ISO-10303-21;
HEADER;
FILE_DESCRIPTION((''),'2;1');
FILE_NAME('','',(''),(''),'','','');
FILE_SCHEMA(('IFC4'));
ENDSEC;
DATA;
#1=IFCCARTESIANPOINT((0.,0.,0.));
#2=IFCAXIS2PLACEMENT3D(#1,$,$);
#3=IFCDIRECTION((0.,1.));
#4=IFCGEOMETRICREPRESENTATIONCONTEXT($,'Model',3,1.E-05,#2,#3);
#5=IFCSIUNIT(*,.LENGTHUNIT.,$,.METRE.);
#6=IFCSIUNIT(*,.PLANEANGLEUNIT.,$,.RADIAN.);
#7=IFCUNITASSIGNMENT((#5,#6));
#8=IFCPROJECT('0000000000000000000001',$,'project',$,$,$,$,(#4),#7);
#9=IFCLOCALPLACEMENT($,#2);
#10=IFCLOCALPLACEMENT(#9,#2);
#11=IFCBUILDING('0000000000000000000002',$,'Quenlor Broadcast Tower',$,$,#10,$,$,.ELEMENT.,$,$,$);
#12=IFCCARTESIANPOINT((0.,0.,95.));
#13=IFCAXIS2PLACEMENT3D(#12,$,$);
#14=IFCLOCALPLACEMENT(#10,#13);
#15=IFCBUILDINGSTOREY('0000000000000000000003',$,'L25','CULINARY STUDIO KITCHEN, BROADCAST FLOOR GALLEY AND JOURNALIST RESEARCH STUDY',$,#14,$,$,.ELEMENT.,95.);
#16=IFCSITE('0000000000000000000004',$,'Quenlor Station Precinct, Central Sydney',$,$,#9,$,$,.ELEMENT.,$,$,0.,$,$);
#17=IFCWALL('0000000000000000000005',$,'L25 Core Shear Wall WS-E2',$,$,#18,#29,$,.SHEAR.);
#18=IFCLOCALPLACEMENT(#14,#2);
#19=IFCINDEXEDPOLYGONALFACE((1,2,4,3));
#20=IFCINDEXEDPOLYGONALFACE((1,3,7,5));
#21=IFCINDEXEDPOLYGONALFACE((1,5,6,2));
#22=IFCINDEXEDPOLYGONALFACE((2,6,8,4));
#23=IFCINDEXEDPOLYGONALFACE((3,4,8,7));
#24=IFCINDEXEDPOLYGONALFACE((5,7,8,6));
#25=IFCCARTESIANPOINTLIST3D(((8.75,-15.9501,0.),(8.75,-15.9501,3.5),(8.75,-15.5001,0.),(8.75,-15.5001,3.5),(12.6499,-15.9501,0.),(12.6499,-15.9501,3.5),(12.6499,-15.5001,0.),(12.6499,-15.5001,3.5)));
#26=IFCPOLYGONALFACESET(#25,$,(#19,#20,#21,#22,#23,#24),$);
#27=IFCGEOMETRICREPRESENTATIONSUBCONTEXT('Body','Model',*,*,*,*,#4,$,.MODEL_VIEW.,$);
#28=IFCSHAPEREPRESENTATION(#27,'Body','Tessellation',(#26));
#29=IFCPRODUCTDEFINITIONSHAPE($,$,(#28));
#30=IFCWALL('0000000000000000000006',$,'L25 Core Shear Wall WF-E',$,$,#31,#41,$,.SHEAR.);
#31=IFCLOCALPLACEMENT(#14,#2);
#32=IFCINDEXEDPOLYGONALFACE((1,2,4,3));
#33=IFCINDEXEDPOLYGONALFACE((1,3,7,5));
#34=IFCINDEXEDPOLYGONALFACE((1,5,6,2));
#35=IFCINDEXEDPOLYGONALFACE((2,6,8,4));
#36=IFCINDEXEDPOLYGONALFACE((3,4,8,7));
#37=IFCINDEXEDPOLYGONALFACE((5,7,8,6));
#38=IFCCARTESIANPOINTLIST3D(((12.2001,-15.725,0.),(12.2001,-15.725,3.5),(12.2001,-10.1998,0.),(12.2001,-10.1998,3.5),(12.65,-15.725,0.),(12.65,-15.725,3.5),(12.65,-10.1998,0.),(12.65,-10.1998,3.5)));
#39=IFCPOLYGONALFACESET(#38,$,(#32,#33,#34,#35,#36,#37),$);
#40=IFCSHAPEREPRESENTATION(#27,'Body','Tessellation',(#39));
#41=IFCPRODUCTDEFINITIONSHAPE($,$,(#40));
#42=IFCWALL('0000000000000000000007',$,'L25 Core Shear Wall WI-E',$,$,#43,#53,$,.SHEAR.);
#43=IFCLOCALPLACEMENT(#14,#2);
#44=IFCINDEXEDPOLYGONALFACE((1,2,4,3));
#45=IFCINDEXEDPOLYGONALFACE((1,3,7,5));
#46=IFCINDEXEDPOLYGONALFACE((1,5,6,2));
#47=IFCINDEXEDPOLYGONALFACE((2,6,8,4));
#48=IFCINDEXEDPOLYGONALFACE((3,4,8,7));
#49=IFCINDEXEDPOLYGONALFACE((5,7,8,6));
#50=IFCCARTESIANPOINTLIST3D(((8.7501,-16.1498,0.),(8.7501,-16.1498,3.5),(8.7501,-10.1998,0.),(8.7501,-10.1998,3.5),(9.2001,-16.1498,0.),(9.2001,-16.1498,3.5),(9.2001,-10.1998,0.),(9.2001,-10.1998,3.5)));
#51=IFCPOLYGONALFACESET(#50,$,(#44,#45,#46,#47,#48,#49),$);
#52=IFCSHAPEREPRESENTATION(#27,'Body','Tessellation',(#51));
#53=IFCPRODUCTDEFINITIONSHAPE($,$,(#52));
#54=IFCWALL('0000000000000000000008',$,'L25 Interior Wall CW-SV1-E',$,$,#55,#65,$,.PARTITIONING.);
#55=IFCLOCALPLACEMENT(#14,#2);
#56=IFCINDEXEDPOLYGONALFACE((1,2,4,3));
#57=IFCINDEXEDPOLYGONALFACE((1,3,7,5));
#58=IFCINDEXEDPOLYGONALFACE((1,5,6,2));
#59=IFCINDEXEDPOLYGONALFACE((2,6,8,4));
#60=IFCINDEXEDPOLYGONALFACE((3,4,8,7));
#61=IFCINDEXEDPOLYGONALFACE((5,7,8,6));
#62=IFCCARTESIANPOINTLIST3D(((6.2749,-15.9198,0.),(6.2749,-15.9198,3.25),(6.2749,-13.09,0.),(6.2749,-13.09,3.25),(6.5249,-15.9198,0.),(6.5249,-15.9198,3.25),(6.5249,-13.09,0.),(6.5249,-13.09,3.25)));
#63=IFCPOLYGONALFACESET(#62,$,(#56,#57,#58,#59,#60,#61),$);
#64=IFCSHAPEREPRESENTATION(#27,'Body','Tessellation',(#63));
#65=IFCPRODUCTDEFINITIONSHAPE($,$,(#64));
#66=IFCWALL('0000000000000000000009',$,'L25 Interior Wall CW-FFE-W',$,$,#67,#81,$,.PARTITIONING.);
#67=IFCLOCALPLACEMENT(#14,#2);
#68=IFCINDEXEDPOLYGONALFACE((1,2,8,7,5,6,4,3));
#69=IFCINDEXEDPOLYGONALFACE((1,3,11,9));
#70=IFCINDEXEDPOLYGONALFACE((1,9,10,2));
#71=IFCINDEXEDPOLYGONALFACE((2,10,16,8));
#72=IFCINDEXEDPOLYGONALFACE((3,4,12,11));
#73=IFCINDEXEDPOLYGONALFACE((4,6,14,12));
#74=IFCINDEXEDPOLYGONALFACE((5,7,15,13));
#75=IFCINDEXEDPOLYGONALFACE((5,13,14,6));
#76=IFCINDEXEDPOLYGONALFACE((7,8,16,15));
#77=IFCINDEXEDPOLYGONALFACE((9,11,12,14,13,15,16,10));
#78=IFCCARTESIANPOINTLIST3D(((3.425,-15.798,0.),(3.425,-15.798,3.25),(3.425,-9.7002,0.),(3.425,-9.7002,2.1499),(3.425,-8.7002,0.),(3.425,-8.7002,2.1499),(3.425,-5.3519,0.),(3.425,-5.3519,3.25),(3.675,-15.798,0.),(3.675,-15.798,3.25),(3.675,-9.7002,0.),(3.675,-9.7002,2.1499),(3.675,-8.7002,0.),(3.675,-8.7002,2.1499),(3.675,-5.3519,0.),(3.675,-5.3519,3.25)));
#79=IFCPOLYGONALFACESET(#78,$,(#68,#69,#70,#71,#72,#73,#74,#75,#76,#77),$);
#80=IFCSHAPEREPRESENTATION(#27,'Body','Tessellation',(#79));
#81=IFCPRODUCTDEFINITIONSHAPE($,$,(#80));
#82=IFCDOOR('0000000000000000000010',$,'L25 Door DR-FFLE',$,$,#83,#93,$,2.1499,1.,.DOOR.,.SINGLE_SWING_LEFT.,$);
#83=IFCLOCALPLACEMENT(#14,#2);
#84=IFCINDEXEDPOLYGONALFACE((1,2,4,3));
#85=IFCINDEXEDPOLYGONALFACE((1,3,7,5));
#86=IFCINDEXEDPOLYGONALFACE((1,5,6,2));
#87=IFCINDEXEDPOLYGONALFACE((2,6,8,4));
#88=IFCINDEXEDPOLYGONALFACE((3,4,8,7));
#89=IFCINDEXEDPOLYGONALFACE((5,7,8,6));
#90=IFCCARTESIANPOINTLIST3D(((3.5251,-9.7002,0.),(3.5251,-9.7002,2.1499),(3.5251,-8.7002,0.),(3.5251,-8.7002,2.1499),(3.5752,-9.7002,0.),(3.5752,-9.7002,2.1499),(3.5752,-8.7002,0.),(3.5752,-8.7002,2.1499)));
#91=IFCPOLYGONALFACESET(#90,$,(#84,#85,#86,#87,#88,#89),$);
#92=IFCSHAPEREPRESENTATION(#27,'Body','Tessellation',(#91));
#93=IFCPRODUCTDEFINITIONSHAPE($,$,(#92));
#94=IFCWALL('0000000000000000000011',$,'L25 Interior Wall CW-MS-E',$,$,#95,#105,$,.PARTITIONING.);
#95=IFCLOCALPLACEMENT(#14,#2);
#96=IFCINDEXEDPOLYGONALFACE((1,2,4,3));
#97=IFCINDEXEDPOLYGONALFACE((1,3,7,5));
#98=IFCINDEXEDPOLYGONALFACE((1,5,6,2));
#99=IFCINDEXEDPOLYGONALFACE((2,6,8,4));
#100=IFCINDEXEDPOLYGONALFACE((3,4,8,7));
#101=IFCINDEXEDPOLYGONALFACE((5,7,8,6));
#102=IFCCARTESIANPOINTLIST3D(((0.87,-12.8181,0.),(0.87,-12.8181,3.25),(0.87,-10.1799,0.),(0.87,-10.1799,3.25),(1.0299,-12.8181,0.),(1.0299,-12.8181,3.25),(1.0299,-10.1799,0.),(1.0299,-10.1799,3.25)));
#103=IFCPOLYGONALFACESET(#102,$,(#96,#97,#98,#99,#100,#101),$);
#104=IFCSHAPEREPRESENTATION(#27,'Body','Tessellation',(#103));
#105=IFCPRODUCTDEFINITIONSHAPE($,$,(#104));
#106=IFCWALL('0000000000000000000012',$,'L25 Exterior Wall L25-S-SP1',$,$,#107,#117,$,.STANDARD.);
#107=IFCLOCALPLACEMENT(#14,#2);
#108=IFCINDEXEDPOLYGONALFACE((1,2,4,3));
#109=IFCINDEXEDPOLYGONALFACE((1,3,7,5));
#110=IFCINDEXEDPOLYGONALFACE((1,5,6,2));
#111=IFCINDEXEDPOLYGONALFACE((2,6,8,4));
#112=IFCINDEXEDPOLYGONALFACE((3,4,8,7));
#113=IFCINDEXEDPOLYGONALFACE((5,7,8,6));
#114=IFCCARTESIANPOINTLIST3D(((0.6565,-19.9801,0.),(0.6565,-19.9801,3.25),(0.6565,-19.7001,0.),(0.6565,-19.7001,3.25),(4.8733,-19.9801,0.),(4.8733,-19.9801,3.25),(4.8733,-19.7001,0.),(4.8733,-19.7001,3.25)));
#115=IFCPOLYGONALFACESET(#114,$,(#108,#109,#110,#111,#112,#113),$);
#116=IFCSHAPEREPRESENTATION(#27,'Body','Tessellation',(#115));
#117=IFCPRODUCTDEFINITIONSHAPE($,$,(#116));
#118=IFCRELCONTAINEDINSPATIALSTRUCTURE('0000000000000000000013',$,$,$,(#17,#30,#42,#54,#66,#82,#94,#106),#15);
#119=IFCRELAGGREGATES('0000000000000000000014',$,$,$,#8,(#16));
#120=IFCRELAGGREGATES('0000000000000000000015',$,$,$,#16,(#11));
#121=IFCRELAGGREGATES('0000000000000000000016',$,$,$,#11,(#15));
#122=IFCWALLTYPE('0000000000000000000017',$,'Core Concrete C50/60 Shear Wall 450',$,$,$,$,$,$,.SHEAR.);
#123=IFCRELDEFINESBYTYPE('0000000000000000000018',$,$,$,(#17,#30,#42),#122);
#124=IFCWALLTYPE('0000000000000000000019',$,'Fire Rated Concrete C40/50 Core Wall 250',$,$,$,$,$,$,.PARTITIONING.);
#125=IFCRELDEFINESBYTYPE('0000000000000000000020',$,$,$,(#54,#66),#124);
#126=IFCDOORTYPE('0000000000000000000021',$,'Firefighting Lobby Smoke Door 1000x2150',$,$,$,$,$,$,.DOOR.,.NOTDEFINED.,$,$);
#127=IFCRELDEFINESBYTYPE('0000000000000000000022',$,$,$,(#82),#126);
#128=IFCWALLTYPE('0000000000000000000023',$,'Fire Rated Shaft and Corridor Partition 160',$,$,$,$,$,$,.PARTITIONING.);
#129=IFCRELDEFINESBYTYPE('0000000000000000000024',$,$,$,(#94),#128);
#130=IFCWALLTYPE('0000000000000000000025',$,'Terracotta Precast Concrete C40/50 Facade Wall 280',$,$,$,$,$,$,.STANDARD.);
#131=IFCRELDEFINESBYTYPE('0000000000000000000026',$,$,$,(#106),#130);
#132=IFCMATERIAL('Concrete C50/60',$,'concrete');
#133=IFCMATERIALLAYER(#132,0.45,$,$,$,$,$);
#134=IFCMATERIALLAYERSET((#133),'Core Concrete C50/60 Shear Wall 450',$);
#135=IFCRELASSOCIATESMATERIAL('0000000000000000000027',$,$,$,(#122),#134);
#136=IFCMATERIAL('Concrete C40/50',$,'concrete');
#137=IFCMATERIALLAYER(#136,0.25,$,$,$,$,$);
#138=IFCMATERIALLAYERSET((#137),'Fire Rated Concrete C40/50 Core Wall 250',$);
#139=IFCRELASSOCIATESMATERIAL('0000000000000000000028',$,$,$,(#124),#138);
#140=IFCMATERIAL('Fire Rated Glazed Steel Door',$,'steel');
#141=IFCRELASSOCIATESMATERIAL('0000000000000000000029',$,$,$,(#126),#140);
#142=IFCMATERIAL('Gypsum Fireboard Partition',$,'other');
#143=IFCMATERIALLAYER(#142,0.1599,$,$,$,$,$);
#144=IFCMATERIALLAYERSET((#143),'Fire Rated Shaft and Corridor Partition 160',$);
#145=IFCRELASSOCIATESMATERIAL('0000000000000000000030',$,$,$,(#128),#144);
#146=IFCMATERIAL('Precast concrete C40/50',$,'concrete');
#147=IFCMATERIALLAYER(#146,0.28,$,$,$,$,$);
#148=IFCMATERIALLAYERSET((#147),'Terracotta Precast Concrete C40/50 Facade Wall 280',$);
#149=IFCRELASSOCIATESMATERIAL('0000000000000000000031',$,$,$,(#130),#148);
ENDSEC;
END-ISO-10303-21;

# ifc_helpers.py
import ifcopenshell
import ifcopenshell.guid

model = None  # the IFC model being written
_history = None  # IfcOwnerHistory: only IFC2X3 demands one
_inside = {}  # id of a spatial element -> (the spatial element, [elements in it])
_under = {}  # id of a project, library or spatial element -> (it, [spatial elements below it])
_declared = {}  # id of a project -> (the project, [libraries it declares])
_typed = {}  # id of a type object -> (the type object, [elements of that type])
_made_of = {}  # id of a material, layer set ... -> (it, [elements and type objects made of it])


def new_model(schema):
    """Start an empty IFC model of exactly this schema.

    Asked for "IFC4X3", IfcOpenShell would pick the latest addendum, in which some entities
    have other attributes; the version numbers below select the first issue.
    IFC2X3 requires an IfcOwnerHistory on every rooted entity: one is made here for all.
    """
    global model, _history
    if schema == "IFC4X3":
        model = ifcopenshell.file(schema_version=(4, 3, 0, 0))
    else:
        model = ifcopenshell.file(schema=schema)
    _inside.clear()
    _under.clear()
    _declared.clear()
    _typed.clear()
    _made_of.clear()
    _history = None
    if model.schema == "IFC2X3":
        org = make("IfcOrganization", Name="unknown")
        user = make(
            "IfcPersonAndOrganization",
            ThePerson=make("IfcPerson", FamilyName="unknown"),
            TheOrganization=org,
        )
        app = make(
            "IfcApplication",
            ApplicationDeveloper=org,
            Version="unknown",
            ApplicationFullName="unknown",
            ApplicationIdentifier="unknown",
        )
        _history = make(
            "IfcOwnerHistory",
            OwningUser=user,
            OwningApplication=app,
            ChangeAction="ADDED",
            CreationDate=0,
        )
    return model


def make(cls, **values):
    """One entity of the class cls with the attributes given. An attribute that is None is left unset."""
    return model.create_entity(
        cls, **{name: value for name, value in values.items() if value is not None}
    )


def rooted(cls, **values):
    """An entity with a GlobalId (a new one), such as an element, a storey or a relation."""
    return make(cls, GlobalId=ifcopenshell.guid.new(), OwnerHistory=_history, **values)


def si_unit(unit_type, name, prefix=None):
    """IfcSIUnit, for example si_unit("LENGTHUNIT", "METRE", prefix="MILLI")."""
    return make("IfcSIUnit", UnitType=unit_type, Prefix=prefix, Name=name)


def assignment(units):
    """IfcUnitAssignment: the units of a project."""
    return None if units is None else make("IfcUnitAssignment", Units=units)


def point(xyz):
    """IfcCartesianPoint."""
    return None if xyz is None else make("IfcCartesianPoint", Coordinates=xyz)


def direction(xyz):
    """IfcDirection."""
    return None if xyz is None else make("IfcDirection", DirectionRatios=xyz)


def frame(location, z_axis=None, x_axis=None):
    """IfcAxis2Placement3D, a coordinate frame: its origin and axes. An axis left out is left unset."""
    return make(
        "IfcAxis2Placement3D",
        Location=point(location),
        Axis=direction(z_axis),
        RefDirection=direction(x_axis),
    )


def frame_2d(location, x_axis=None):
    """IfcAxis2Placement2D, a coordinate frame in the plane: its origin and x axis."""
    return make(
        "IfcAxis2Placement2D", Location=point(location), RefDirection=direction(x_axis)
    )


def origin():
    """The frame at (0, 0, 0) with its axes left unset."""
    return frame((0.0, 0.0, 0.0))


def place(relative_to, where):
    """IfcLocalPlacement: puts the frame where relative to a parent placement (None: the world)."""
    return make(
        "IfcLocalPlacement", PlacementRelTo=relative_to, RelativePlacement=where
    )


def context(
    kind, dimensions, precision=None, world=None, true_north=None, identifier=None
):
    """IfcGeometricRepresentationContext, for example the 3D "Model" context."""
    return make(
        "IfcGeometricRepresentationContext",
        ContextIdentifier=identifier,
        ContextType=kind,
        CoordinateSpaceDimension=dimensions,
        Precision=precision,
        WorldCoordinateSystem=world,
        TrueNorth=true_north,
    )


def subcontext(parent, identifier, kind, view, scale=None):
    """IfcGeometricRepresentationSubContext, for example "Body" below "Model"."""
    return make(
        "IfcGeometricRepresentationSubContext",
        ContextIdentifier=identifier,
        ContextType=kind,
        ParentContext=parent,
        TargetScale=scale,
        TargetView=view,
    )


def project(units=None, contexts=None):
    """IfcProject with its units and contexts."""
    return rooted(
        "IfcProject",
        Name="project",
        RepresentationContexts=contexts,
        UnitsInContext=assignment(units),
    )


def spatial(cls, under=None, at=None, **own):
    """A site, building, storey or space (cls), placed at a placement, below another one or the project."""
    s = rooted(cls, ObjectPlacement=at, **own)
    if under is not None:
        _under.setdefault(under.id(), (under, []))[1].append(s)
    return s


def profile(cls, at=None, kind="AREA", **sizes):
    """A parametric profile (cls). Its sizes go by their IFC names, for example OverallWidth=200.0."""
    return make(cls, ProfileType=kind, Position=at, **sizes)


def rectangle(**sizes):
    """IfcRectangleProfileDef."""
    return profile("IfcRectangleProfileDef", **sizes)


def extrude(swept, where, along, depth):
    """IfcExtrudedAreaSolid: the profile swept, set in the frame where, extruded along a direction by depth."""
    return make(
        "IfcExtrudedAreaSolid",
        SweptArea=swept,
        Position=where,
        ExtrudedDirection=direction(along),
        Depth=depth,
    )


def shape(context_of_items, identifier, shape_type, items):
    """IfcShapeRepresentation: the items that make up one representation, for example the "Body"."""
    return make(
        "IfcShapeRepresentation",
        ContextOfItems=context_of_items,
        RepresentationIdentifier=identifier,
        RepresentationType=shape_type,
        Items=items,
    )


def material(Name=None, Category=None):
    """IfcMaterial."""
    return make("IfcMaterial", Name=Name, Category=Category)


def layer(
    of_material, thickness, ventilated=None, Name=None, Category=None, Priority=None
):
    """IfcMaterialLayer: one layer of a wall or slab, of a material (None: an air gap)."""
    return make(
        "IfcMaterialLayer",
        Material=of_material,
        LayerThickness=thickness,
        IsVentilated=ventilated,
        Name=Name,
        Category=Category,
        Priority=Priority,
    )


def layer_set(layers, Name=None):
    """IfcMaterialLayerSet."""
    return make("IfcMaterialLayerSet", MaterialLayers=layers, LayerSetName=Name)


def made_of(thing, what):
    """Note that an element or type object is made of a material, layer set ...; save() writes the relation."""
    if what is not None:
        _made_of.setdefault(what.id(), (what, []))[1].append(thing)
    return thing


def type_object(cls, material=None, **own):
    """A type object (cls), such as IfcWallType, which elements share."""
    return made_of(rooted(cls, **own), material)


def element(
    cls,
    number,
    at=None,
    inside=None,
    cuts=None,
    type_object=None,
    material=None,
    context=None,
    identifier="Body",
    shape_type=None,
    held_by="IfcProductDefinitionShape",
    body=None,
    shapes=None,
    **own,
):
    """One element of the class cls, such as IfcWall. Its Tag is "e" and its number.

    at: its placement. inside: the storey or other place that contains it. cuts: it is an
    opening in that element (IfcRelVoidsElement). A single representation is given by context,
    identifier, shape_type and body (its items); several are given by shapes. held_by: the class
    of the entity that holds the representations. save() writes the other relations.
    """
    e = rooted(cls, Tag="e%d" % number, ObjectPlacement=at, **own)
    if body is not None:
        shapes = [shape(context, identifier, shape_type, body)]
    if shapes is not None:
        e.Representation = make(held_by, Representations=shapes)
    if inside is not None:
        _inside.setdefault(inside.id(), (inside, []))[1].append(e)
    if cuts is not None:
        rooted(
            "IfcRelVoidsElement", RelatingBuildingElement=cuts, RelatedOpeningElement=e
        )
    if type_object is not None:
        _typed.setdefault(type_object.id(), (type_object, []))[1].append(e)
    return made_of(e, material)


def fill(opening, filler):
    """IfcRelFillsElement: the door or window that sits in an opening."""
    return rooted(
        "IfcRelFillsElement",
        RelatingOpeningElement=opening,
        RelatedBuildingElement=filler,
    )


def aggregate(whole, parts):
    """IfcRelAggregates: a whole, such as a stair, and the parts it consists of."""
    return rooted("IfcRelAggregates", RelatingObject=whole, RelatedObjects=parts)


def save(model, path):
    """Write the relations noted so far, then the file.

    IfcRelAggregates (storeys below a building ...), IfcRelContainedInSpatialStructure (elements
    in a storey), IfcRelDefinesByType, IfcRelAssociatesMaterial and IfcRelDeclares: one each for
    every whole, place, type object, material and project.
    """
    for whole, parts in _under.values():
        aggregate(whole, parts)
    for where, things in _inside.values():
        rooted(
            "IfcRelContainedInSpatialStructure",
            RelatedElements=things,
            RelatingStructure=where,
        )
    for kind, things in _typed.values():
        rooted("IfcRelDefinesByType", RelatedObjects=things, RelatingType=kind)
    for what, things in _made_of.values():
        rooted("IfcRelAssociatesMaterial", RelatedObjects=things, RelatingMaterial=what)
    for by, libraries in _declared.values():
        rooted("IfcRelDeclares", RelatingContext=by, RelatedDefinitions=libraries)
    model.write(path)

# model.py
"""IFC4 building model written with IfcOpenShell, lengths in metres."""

from ifc_helpers import new_model, si_unit, direction, frame, frame_2d, origin, place, context, subcontext, project, spatial, rectangle, extrude, material, layer, layer_set, type_object, element, fill, save


model = new_model("IFC4")

# Units and contexts
model_context = context("Model", 3, precision=1e-05, world=origin(), true_north=direction((0.0, 1.0)))
body_context = subcontext(model_context, "Body", "Model", "MODEL_VIEW")
ifc_project = project(units=[si_unit("LENGTHUNIT", "METRE"), si_unit("PLANEANGLEUNIT", "RADIAN")], contexts=[model_context])

# Site, building, storey
site_placement = place(None, origin())
site = spatial("IfcSite", under=ifc_project, at=site_placement, Name="Quenlor Station Precinct, Central Sydney", CompositionType="ELEMENT", RefElevation=0.0)
building_placement = place(site_placement, origin())
building = spatial("IfcBuilding", under=site, at=building_placement, Name="Quenlor Broadcast Tower", CompositionType="ELEMENT")
storey_placement = place(building_placement, frame((0.0, 0.0, 95.0)))
storey = spatial("IfcBuildingStorey", under=building, at=storey_placement, Name="L25", Description="CULINARY STUDIO KITCHEN, BROADCAST FLOOR GALLEY AND JOURNALIST RESEARCH STUDY", CompositionType="ELEMENT", Elevation=95.0)

# Walls
ifc_material_1 = material(Name="Concrete C50/60", Category="concrete")
ifc_layer_1 = layer(ifc_material_1, 0.45)
ifc_layer_set_1 = layer_set([ifc_layer_1], Name="Core Concrete C50/60 Shear Wall 450")
wall_type_1 = type_object("IfcWallType", Name="Core Concrete C50/60 Shear Wall 450", PredefinedType="SHEAR", material=ifc_layer_set_1)
wall_1_placement = place(storey_placement, frame((8.75, -15.7251, 0.0), z_axis=(0.0, 0.0, 1.0), x_axis=(1.0, 0.0, 0.0)))
element("IfcWall", 1, at=wall_1_placement, inside=storey, type_object=wall_type_1, Name="L25 Core Shear Wall WS-E2", PredefinedType="SHEAR", context=body_context, shape_type="SweptSolid", body=[
    extrude(rectangle(XDim=3.8999, YDim=0.45, at=frame_2d((1.95, 0.0))), origin(), (0.0, 0.0, 1.0), 3.5),
])
wall_2_placement = place(storey_placement, frame((12.425, -15.7251, 0.0), z_axis=(0.0, 0.0, 1.0), x_axis=(0.0, 1.0, 0.0)))
element("IfcWall", 2, at=wall_2_placement, inside=storey, type_object=wall_type_1, Name="L25 Core Shear Wall WF-E", PredefinedType="SHEAR", context=body_context, shape_type="SweptSolid", body=[
    extrude(rectangle(XDim=5.5251, YDim=0.45, at=frame_2d((2.7627, 0.0))), origin(), (0.0, 0.0, 1.0), 3.5),
])
wall_3_placement = place(storey_placement, frame((8.9751, -16.1499, 0.0), z_axis=(0.0, 0.0, 1.0), x_axis=(0.0, 1.0, 0.0)))
element("IfcWall", 3, at=wall_3_placement, inside=storey, type_object=wall_type_1, Name="L25 Core Shear Wall WI-E", PredefinedType="SHEAR", context=body_context, shape_type="SweptSolid", body=[
    extrude(rectangle(XDim=5.95, YDim=0.45, at=frame_2d((2.9751, 0.0))), origin(), (0.0, 0.0, 1.0), 3.5),
])

# Shared definitions
ifc_material_2 = material(Name="Concrete C40/50", Category="concrete")
ifc_layer_2 = layer(ifc_material_2, 0.25)
ifc_layer_set_2 = layer_set([ifc_layer_2], Name="Fire Rated Concrete C40/50 Core Wall 250")
wall_type_2 = type_object("IfcWallType", Name="Fire Rated Concrete C40/50 Core Wall 250", PredefinedType="PARTITIONING", material=ifc_layer_set_2)

# Wall
wall_4_placement = place(storey_placement, frame((6.3999, -15.9199, 0.0), z_axis=(0.0, 0.0, 1.0), x_axis=(0.0, 1.0, 0.0)))
element("IfcWall", 4, at=wall_4_placement, inside=storey, type_object=wall_type_2, Name="L25 Interior Wall CW-SV1-E", PredefinedType="PARTITIONING", context=body_context, shape_type="SweptSolid", body=[
    extrude(rectangle(XDim=2.8298, YDim=0.25, at=frame_2d((1.415, 0.0))), origin(), (0.0, 0.0, 1.0), 3.25),
])

# Wall, opening, door
wall_5_placement = place(storey_placement, frame((3.55, -15.7981, 0.0), z_axis=(0.0, 0.0, 1.0), x_axis=(0.0, 1.0, 0.0)))
wall_5 = element("IfcWall", 5, at=wall_5_placement, inside=storey, type_object=wall_type_2, Name="L25 Interior Wall CW-FFE-W", PredefinedType="PARTITIONING", context=body_context, shape_type="SweptSolid", body=[
    extrude(rectangle(XDim=10.446, YDim=0.25, at=frame_2d((5.2231, 0.0))), origin(), (0.0, 0.0, 1.0), 3.25),
])
opening_1_placement = place(wall_5_placement, frame((6.0979, 0.0, 0.0)))
opening_1 = element("IfcOpeningElement", 6, at=opening_1_placement, cuts=wall_5, PredefinedType="OPENING", context=body_context, shape_type="SweptSolid", body=[
    extrude(rectangle(XDim=1.0, YDim=2.1499, at=frame_2d((0.5, 1.075))), frame((0.0, 0.135, 0.0), z_axis=(0.0, -1.0, 0.0), x_axis=(1.0, 0.0, 0.0)), (0.0, 0.0, 1.0), 0.27),
])
ifc_material_3 = material(Name="Fire Rated Glazed Steel Door", Category="steel")
door_type_1 = type_object("IfcDoorType", Name="Firefighting Lobby Smoke Door 1000x2150", OperationType="NOTDEFINED", PredefinedType="DOOR", material=ifc_material_3)
door_1_placement = place(opening_1_placement, origin())
door_1 = element("IfcDoor", 7, at=door_1_placement, inside=storey, type_object=door_type_1, Name="L25 Door DR-FFLE", OperationType="SINGLE_SWING_LEFT", OverallHeight=2.1499, OverallWidth=1.0, PredefinedType="DOOR", context=body_context, shape_type="SweptSolid", body=[
    extrude(rectangle(XDim=1.0, YDim=2.1499, at=frame_2d((0.5, 1.075))), frame((0.0, 0.0249, 0.0), z_axis=(0.0, -1.0, 0.0), x_axis=(1.0, 0.0, 0.0)), (0.0, 0.0, 1.0), 0.05),
])
fill(opening_1, door_1)

# Wall
ifc_material_4 = material(Name="Gypsum Fireboard Partition", Category="other")
ifc_layer_3 = layer(ifc_material_4, 0.1599)
ifc_layer_set_3 = layer_set([ifc_layer_3], Name="Fire Rated Shaft and Corridor Partition 160")
wall_type_3 = type_object("IfcWallType", Name="Fire Rated Shaft and Corridor Partition 160", PredefinedType="PARTITIONING", material=ifc_layer_set_3)
wall_6_placement = place(storey_placement, frame((0.95, -12.8181, 0.0), z_axis=(0.0, 0.0, 1.0), x_axis=(0.0, 1.0, 0.0)))
element("IfcWall", 8, at=wall_6_placement, inside=storey, type_object=wall_type_3, Name="L25 Interior Wall CW-MS-E", PredefinedType="PARTITIONING", context=body_context, shape_type="SweptSolid", body=[
    extrude(rectangle(XDim=2.6382, YDim=0.1599, at=frame_2d((1.3191, 0.0))), origin(), (0.0, 0.0, 1.0), 3.25),
])

# Wall
ifc_material_5 = material(Name="Precast concrete C40/50", Category="concrete")
ifc_layer_4 = layer(ifc_material_5, 0.28)
ifc_layer_set_4 = layer_set([ifc_layer_4], Name="Terracotta Precast Concrete C40/50 Facade Wall 280")
wall_type_4 = type_object("IfcWallType", Name="Terracotta Precast Concrete C40/50 Facade Wall 280", PredefinedType="STANDARD", material=ifc_layer_set_4)
wall_7_placement = place(storey_placement, frame((4.8733, -19.8401, 0.0), z_axis=(0.0, 0.0, 1.0), x_axis=(-1.0, 0.0, 0.0)))
element("IfcWall", 9, at=wall_7_placement, inside=storey, type_object=wall_type_4, Name="L25 Exterior Wall L25-S-SP1", PredefinedType="STANDARD", context=body_context, shape_type="SweptSolid", body=[
    extrude(rectangle(XDim=4.2168, YDim=0.28, at=frame_2d((2.1084, 0.0))), origin(), (0.0, 0.0, 1.0), 3.25),
])

save(model, "model.ifc")
